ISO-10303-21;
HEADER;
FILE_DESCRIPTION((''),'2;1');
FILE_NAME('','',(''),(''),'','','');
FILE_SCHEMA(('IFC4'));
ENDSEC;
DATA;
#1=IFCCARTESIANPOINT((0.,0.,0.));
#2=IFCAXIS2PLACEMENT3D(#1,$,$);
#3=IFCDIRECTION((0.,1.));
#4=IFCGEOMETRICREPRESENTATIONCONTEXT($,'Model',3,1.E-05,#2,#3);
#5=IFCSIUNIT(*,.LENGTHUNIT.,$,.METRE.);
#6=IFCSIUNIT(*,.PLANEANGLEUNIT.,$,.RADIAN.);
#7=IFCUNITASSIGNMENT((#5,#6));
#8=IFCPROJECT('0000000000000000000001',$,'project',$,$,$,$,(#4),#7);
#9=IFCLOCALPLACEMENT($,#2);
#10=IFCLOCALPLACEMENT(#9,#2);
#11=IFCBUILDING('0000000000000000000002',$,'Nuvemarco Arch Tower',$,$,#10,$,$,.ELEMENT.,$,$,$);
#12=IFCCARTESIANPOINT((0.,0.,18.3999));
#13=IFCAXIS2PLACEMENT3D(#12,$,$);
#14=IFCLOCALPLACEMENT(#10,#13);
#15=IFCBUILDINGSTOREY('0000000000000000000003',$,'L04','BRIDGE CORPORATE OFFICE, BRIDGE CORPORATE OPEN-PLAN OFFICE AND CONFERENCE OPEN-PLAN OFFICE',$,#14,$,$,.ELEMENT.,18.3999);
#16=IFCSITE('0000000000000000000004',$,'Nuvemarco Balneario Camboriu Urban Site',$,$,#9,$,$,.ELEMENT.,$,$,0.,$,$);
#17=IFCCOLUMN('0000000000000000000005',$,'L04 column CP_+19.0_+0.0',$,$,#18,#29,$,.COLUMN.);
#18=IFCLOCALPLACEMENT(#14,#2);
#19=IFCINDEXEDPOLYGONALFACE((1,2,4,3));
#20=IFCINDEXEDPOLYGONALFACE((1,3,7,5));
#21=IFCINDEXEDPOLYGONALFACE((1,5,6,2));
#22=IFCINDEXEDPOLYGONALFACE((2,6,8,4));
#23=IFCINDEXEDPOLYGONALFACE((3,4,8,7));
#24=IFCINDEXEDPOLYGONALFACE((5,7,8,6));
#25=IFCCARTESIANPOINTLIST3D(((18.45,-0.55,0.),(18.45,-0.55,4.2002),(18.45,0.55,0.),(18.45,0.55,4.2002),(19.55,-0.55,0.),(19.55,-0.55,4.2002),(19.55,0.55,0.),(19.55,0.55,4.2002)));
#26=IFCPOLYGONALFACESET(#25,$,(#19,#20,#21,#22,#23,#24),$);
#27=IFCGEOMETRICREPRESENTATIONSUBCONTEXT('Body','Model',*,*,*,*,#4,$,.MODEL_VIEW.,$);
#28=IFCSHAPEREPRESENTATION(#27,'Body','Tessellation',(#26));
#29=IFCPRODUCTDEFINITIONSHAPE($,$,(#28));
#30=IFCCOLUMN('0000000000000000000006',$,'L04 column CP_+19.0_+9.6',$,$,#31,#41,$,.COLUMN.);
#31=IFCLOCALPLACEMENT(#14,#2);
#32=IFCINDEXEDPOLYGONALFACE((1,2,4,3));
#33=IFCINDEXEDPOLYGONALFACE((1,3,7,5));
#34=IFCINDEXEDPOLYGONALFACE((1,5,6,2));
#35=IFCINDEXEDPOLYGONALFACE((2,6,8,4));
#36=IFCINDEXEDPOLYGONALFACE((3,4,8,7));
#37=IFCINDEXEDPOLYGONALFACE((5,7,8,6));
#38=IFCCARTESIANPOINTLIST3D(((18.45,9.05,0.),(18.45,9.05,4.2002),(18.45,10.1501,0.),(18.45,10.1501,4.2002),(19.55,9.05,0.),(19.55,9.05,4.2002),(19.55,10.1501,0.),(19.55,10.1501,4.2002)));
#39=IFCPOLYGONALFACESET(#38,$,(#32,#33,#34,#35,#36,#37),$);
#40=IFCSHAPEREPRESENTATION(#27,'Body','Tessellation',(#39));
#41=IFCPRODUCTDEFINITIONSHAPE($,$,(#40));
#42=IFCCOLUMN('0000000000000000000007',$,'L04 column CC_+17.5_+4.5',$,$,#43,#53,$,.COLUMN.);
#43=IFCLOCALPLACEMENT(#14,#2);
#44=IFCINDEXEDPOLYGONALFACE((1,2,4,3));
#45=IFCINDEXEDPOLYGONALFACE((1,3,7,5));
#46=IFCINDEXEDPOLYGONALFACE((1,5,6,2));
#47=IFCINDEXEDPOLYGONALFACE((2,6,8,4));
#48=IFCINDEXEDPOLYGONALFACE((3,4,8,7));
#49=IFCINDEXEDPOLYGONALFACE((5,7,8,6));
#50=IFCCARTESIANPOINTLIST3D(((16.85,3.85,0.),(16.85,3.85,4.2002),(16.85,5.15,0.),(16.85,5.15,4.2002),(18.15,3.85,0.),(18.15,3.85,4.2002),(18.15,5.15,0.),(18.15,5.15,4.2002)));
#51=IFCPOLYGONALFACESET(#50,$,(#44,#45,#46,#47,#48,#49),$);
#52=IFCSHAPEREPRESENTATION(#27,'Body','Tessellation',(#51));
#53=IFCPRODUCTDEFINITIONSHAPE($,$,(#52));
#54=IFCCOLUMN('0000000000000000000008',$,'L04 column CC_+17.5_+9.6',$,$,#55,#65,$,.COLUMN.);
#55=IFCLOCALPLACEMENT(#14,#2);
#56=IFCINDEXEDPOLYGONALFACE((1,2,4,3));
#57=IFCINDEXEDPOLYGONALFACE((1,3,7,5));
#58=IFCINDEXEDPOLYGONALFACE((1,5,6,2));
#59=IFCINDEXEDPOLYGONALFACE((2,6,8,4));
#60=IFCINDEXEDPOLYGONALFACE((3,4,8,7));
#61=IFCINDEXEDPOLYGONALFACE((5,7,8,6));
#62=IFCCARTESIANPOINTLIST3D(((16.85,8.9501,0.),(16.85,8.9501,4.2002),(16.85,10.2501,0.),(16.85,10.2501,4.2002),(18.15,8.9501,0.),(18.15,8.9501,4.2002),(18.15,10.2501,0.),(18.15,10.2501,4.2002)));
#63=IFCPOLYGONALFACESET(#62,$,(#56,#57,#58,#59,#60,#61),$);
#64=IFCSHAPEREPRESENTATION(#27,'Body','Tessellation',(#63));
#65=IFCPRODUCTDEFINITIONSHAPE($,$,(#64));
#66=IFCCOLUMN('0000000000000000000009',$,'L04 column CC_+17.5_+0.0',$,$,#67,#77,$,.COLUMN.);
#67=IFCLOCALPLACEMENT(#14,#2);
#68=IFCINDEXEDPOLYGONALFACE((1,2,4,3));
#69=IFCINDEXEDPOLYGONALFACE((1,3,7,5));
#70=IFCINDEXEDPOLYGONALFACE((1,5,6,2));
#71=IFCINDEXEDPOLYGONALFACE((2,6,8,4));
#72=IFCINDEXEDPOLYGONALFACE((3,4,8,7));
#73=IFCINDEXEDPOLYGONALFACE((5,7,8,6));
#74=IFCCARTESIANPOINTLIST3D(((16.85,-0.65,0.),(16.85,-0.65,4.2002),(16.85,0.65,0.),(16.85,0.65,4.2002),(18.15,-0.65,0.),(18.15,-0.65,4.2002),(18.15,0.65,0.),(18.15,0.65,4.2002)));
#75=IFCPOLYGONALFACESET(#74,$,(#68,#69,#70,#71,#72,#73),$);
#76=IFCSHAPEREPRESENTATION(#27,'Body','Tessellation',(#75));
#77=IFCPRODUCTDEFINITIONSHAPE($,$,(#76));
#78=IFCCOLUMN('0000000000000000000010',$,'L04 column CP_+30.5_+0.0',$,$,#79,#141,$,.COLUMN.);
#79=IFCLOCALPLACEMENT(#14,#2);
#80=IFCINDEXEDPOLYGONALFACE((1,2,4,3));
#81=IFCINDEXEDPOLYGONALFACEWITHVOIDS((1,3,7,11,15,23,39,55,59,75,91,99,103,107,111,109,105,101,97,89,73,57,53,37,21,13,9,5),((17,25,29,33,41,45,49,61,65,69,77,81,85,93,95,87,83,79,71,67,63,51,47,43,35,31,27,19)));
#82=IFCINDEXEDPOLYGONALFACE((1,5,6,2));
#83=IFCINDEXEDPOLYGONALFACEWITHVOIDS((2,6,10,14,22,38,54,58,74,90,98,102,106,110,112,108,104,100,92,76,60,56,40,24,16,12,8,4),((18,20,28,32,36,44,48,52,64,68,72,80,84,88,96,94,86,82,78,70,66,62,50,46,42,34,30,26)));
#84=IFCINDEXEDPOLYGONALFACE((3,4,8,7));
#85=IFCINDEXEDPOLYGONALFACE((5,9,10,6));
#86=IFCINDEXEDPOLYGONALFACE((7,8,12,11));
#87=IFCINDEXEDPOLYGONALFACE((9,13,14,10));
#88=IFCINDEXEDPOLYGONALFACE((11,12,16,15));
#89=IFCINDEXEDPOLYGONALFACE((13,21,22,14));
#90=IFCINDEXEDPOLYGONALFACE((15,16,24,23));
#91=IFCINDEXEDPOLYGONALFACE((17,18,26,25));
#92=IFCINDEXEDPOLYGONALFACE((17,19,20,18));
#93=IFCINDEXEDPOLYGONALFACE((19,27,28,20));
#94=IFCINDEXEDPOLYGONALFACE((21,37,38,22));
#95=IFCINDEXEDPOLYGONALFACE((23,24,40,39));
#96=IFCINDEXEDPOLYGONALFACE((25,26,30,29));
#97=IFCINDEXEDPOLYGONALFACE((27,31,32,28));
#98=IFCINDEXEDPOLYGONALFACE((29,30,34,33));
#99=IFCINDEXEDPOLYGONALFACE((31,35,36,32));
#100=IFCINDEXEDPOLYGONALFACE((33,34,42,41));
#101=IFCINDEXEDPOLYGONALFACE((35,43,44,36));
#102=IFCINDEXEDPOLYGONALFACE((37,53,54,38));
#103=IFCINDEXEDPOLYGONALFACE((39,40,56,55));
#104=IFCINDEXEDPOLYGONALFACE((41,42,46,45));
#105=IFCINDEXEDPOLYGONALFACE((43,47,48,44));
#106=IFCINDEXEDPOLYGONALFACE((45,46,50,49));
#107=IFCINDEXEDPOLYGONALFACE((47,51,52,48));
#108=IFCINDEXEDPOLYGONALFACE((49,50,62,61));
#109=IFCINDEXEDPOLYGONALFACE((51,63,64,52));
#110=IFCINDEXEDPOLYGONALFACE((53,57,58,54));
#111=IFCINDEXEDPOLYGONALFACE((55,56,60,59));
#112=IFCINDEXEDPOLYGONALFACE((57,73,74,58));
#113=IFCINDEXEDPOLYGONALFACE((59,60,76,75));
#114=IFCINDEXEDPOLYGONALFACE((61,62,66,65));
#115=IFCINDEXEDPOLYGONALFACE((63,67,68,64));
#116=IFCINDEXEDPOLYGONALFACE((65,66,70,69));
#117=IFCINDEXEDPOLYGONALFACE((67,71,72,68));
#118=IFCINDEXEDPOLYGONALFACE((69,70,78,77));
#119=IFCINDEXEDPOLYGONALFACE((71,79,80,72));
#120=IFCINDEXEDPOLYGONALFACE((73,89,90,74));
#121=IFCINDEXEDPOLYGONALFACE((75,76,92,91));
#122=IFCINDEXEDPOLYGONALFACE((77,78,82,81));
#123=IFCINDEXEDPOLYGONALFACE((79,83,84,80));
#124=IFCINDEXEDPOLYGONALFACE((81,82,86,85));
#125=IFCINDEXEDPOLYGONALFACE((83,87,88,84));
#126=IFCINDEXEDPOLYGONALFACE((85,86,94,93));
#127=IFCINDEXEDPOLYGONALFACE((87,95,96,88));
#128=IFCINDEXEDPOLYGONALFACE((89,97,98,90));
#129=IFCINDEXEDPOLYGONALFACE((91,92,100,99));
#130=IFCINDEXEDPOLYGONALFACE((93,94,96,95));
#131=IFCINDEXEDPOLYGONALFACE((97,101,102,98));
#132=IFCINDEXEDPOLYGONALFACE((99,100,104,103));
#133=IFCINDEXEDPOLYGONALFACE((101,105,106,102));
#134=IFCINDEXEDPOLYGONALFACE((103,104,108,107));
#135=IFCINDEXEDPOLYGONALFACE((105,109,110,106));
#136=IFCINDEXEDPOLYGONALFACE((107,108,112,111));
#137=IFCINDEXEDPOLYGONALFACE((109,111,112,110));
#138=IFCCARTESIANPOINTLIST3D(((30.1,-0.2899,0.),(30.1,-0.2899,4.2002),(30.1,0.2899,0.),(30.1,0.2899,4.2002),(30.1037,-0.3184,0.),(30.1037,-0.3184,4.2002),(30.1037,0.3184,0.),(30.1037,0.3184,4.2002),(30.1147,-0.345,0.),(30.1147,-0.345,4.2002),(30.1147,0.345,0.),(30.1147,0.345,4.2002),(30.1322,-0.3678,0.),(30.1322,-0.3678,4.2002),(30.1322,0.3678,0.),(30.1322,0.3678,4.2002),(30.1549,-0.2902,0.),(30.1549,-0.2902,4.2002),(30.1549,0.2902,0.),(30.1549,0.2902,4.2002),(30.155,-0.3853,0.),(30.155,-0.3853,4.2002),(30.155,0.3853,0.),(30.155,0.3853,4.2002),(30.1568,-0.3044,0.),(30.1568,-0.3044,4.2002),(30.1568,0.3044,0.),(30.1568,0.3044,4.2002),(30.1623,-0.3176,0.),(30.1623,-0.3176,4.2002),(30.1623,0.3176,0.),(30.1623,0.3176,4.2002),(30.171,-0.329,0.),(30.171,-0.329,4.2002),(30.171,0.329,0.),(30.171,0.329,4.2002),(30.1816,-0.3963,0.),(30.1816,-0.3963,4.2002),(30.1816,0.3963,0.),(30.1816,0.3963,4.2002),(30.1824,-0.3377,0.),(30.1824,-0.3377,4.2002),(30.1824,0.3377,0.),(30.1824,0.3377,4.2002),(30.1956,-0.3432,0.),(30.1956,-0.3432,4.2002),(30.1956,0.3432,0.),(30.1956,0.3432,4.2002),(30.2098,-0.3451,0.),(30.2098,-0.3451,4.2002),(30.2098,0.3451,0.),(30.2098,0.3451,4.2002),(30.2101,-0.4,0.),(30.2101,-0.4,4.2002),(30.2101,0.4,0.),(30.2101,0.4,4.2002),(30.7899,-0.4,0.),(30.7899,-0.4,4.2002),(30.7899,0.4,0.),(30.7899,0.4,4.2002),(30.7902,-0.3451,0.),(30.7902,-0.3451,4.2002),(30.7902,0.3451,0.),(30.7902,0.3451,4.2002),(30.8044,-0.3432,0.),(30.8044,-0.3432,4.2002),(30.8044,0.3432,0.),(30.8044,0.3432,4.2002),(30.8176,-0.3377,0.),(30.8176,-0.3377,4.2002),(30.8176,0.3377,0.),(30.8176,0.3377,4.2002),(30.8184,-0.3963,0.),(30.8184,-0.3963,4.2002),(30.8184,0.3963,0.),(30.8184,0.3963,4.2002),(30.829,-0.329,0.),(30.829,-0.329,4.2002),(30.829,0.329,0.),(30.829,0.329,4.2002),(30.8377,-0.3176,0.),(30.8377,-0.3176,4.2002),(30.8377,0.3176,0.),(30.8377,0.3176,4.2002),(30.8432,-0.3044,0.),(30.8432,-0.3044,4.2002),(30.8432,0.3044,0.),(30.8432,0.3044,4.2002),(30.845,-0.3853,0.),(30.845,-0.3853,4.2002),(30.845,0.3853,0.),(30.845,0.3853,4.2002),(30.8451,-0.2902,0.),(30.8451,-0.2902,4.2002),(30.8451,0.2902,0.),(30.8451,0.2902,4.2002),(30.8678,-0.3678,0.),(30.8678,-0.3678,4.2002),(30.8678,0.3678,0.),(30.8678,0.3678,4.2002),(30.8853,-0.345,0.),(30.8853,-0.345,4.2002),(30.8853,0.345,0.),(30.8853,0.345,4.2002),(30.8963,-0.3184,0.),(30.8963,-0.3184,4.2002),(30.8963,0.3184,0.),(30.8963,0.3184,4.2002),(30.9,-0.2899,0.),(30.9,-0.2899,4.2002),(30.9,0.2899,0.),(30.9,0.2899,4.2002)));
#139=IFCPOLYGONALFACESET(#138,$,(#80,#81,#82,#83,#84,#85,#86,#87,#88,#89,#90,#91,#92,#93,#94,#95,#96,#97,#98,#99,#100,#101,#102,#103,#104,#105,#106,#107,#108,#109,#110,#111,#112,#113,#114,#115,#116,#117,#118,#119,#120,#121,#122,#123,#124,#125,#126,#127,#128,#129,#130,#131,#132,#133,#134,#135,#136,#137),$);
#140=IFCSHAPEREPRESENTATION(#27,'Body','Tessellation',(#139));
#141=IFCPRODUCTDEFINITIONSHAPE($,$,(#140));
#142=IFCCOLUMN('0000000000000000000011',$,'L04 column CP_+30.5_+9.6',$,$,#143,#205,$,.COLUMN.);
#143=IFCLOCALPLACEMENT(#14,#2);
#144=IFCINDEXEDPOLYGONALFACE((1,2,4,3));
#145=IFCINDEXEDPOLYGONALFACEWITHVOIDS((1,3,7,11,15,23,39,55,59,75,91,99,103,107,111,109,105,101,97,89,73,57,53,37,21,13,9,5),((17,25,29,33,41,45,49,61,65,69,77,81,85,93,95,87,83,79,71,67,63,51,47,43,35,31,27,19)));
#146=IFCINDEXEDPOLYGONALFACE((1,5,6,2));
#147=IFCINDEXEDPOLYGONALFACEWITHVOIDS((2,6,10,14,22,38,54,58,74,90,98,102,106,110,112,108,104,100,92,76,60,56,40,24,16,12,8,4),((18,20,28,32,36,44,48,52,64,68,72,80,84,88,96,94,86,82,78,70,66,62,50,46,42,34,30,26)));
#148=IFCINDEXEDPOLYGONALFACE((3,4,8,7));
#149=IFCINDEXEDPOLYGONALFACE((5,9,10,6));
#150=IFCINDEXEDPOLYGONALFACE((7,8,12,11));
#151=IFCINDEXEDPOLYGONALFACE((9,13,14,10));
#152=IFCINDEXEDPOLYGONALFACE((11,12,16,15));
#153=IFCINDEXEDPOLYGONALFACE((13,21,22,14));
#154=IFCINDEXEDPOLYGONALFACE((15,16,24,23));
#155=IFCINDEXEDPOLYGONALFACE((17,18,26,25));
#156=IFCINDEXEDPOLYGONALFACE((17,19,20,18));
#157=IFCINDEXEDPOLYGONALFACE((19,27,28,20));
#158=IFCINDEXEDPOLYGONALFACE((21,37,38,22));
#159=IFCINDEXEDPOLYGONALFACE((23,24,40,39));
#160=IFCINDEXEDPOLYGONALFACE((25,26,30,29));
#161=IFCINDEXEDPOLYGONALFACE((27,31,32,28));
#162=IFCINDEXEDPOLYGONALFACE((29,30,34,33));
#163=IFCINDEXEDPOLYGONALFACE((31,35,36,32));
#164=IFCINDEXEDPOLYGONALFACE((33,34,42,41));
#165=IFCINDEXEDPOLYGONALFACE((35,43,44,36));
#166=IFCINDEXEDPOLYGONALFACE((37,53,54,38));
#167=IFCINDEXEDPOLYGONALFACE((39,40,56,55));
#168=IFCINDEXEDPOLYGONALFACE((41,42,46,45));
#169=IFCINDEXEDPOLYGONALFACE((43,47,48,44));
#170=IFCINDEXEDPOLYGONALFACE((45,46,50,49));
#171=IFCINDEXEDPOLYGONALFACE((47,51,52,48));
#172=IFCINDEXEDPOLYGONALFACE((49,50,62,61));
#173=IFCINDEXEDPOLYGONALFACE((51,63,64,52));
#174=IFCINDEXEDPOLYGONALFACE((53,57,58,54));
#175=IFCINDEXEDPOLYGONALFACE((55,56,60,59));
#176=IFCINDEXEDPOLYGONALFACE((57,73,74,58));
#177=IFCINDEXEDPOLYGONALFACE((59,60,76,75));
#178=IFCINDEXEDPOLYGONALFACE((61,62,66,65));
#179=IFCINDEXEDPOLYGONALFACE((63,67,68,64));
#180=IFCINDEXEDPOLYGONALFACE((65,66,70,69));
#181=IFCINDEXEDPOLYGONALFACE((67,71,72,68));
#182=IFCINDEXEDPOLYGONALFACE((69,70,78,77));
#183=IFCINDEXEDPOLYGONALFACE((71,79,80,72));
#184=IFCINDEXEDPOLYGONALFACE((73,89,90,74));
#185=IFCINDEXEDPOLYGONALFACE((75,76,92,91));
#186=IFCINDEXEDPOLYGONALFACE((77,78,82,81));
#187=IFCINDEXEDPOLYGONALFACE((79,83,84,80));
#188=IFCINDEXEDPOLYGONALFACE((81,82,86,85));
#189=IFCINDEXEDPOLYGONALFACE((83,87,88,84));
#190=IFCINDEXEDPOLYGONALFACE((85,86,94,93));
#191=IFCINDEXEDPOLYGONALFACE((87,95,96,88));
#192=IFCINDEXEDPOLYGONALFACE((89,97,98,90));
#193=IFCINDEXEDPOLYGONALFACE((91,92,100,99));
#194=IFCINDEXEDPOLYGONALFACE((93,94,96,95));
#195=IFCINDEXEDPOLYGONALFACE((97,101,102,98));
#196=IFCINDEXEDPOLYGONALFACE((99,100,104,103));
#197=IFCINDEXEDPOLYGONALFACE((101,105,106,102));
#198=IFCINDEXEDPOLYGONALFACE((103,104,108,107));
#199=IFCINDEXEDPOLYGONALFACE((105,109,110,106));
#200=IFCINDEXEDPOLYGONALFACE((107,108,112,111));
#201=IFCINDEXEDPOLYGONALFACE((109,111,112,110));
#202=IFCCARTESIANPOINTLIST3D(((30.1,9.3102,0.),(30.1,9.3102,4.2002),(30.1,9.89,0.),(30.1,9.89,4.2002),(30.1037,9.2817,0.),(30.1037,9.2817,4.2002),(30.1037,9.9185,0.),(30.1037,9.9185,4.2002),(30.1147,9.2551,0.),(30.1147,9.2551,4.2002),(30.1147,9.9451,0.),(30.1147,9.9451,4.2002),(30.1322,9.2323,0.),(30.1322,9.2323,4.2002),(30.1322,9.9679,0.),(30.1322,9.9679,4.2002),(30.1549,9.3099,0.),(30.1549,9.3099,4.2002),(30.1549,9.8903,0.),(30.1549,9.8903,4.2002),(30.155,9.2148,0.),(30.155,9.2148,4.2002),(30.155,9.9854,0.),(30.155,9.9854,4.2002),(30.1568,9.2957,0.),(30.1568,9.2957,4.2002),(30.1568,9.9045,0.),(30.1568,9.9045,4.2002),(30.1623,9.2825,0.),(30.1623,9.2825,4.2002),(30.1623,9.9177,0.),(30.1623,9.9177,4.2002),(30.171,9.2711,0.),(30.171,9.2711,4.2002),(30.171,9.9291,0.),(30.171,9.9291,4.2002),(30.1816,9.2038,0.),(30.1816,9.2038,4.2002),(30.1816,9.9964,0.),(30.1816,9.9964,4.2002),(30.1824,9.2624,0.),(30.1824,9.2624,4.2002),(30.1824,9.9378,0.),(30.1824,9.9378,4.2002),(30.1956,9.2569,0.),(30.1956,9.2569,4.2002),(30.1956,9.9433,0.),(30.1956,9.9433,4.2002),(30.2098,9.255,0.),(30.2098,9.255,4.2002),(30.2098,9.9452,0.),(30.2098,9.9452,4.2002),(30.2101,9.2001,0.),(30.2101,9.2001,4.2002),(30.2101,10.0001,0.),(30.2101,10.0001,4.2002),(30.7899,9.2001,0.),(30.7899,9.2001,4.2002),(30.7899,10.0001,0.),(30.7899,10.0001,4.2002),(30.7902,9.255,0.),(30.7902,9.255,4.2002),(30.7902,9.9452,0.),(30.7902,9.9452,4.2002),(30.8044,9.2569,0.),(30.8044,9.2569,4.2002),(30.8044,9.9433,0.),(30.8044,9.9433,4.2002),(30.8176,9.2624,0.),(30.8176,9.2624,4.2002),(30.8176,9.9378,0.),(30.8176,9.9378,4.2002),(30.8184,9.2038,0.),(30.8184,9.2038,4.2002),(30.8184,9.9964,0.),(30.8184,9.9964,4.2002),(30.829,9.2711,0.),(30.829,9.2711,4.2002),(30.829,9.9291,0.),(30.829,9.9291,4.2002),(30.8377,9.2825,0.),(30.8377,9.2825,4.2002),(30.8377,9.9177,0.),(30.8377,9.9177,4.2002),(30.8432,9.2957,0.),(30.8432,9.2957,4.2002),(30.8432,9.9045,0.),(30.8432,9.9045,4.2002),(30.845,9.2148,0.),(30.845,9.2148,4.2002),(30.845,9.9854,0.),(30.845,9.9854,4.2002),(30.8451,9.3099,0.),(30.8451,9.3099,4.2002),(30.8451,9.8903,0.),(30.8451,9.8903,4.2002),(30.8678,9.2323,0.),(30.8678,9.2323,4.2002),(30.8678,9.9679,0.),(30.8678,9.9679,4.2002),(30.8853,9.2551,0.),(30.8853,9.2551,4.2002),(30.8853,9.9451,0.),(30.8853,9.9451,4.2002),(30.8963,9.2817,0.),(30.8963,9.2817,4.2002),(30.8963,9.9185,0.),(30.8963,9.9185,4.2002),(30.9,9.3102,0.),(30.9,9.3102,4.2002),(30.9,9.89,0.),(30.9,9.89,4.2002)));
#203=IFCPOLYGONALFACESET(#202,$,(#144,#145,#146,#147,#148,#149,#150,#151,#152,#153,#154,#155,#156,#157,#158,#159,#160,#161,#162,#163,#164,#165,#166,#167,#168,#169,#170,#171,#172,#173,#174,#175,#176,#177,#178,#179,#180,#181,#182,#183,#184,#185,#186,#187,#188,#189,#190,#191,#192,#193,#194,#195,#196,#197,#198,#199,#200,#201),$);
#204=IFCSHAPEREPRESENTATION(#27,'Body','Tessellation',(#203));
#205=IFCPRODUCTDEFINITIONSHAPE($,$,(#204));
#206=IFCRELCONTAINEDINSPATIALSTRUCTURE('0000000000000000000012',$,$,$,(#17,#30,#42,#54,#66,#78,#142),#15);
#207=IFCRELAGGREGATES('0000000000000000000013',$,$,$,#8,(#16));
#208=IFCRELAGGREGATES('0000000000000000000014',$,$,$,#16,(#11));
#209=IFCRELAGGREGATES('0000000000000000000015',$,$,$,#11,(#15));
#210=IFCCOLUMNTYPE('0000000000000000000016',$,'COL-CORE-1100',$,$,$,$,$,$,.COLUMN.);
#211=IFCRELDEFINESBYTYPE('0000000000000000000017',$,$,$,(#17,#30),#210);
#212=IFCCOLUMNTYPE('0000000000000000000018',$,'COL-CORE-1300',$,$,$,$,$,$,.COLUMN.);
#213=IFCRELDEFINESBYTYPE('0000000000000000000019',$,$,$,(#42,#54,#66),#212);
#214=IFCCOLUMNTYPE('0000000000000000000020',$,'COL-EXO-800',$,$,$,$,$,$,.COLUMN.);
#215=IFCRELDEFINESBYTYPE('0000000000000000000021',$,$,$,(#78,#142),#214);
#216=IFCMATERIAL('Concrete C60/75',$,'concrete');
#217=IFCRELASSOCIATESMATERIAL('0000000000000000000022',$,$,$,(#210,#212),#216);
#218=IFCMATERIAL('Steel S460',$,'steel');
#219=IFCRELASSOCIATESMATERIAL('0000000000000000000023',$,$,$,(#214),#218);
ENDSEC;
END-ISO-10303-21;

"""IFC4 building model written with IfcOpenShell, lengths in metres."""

from ifc_helpers import new_model, si_unit, direction, frame, origin, origin_2d, place, context, subcontext, project, spatial, rectangle, hollow_rectangle, extrude, material, material_profile, profile_set, type_object, element, save


model = new_model("IFC4")

# Units and contexts
model_context = context("Model", 3, precision=1e-05, world=origin(), true_north=direction((0.0, 1.0)))
body_context = subcontext(model_context, "Body", "Model", "MODEL_VIEW")
ifc_project = project(units=[si_unit("LENGTHUNIT", "METRE"), si_unit("PLANEANGLEUNIT", "RADIAN")], contexts=[model_context])

# Site, building, storey
site_placement = place(None, origin())
site = spatial("IfcSite", under=ifc_project, at=site_placement, Name="Nuvemarco Balneario Camboriu Urban Site", CompositionType="ELEMENT", RefElevation=0.0)
building_placement = place(site_placement, origin())
building = spatial("IfcBuilding", under=site, at=building_placement, Name="Nuvemarco Arch Tower", CompositionType="ELEMENT")
storey_placement = place(building_placement, frame((0.0, 0.0, 18.3999)))
storey = spatial("IfcBuildingStorey", under=building, at=storey_placement, Name="L04", Description="BRIDGE CORPORATE OFFICE, BRIDGE CORPORATE OPEN-PLAN OFFICE AND CONFERENCE OPEN-PLAN OFFICE", CompositionType="ELEMENT", Elevation=18.3999)

# Columns
ifc_material_1 = material(Name="Concrete C60/75", Category="concrete")
ifc_material_profile_1 = material_profile(ifc_material_1, rectangle(XDim=1.1001, YDim=1.1001, at=origin_2d()), Name="RC-COL-1100x1100")
ifc_profile_set_1 = profile_set([ifc_material_profile_1], Name="Concrete C60/75")
column_type_1 = type_object("IfcColumnType", Name="COL-CORE-1100", PredefinedType="COLUMN", material=ifc_profile_set_1)
for number, where, z_axis, x_axis, name in (
    (1, (19.0, 0.0, 0.0), (0.0, 0.0, 1.0), (1.0, 0.0, 0.0), "L04 column CP_+19.0_+0.0"),
    (2, (19.0, 9.6001, 0.0), (0.0, 0.0, 1.0), (1.0, 0.0, 0.0), "L04 column CP_+19.0_+9.6"),
):
    element("IfcColumn", number, at=place(storey_placement, frame(where, z_axis=z_axis, x_axis=x_axis)), inside=storey, type_object=column_type_1, Name=name, PredefinedType="COLUMN", context=body_context, shape_type="SweptSolid", body=[
        extrude(rectangle(XDim=1.1001, YDim=1.1001, at=origin_2d()), origin(), (0.0, 0.0, 1.0), 4.2002),
    ])
ifc_material_profile_2 = material_profile(ifc_material_1, rectangle(XDim=1.3, YDim=1.3, at=origin_2d()), Name="RC-COL-1300x1300")
ifc_profile_set_2 = profile_set([ifc_material_profile_2], Name="Concrete C60/75")
column_type_2 = type_object("IfcColumnType", Name="COL-CORE-1300", PredefinedType="COLUMN", material=ifc_profile_set_2)
for number, where, z_axis, x_axis, name in (
    (3, (17.5, 4.5, 0.0), (0.0, 0.0, 1.0), (1.0, 0.0, 0.0), "L04 column CC_+17.5_+4.5"),
    (4, (17.5, 9.6001, 0.0), (0.0, 0.0, 1.0), (1.0, 0.0, 0.0), "L04 column CC_+17.5_+9.6"),
    (5, (17.5, 0.0, 0.0), (0.0, 0.0, 1.0), (1.0, 0.0, 0.0), "L04 column CC_+17.5_+0.0"),
):
    element("IfcColumn", number, at=place(storey_placement, frame(where, z_axis=z_axis, x_axis=x_axis)), inside=storey, type_object=column_type_2, Name=name, PredefinedType="COLUMN", context=body_context, shape_type="SweptSolid", body=[
        extrude(rectangle(XDim=1.3, YDim=1.3, at=origin_2d()), origin(), (0.0, 0.0, 1.0), 4.2002),
    ])
ifc_material_2 = material(Name="Steel S460", Category="steel")
ifc_material_profile_3 = material_profile(ifc_material_2, hollow_rectangle(XDim=0.8, YDim=0.8, WallThickness=0.0549, InnerFilletRadius=0.0549, OuterFilletRadius=0.1101, at=origin_2d()), Name="SHS800x800x55")
ifc_profile_set_3 = profile_set([ifc_material_profile_3], Name="Steel S460")
column_type_3 = type_object("IfcColumnType", Name="COL-EXO-800", PredefinedType="COLUMN", material=ifc_profile_set_3)
for number, where, z_axis, x_axis, name in (
    (6, (30.5, 0.0, 0.0), (0.0, 0.0, 1.0), (1.0, 0.0, 0.0), "L04 column CP_+30.5_+0.0"),
    (7, (30.5, 9.6001, 0.0), (0.0, 0.0, 1.0), (1.0, 0.0, 0.0), "L04 column CP_+30.5_+9.6"),
):
    element("IfcColumn", number, at=place(storey_placement, frame(where, z_axis=z_axis, x_axis=x_axis)), inside=storey, type_object=column_type_3, Name=name, PredefinedType="COLUMN", context=body_context, shape_type="SweptSolid", body=[
        extrude(hollow_rectangle(XDim=0.8, YDim=0.8, WallThickness=0.0549, InnerFilletRadius=0.0549, OuterFilletRadius=0.1101, at=origin_2d()), origin(), (0.0, 0.0, 1.0), 4.2002),
    ])

save(model, "model.ifc")
